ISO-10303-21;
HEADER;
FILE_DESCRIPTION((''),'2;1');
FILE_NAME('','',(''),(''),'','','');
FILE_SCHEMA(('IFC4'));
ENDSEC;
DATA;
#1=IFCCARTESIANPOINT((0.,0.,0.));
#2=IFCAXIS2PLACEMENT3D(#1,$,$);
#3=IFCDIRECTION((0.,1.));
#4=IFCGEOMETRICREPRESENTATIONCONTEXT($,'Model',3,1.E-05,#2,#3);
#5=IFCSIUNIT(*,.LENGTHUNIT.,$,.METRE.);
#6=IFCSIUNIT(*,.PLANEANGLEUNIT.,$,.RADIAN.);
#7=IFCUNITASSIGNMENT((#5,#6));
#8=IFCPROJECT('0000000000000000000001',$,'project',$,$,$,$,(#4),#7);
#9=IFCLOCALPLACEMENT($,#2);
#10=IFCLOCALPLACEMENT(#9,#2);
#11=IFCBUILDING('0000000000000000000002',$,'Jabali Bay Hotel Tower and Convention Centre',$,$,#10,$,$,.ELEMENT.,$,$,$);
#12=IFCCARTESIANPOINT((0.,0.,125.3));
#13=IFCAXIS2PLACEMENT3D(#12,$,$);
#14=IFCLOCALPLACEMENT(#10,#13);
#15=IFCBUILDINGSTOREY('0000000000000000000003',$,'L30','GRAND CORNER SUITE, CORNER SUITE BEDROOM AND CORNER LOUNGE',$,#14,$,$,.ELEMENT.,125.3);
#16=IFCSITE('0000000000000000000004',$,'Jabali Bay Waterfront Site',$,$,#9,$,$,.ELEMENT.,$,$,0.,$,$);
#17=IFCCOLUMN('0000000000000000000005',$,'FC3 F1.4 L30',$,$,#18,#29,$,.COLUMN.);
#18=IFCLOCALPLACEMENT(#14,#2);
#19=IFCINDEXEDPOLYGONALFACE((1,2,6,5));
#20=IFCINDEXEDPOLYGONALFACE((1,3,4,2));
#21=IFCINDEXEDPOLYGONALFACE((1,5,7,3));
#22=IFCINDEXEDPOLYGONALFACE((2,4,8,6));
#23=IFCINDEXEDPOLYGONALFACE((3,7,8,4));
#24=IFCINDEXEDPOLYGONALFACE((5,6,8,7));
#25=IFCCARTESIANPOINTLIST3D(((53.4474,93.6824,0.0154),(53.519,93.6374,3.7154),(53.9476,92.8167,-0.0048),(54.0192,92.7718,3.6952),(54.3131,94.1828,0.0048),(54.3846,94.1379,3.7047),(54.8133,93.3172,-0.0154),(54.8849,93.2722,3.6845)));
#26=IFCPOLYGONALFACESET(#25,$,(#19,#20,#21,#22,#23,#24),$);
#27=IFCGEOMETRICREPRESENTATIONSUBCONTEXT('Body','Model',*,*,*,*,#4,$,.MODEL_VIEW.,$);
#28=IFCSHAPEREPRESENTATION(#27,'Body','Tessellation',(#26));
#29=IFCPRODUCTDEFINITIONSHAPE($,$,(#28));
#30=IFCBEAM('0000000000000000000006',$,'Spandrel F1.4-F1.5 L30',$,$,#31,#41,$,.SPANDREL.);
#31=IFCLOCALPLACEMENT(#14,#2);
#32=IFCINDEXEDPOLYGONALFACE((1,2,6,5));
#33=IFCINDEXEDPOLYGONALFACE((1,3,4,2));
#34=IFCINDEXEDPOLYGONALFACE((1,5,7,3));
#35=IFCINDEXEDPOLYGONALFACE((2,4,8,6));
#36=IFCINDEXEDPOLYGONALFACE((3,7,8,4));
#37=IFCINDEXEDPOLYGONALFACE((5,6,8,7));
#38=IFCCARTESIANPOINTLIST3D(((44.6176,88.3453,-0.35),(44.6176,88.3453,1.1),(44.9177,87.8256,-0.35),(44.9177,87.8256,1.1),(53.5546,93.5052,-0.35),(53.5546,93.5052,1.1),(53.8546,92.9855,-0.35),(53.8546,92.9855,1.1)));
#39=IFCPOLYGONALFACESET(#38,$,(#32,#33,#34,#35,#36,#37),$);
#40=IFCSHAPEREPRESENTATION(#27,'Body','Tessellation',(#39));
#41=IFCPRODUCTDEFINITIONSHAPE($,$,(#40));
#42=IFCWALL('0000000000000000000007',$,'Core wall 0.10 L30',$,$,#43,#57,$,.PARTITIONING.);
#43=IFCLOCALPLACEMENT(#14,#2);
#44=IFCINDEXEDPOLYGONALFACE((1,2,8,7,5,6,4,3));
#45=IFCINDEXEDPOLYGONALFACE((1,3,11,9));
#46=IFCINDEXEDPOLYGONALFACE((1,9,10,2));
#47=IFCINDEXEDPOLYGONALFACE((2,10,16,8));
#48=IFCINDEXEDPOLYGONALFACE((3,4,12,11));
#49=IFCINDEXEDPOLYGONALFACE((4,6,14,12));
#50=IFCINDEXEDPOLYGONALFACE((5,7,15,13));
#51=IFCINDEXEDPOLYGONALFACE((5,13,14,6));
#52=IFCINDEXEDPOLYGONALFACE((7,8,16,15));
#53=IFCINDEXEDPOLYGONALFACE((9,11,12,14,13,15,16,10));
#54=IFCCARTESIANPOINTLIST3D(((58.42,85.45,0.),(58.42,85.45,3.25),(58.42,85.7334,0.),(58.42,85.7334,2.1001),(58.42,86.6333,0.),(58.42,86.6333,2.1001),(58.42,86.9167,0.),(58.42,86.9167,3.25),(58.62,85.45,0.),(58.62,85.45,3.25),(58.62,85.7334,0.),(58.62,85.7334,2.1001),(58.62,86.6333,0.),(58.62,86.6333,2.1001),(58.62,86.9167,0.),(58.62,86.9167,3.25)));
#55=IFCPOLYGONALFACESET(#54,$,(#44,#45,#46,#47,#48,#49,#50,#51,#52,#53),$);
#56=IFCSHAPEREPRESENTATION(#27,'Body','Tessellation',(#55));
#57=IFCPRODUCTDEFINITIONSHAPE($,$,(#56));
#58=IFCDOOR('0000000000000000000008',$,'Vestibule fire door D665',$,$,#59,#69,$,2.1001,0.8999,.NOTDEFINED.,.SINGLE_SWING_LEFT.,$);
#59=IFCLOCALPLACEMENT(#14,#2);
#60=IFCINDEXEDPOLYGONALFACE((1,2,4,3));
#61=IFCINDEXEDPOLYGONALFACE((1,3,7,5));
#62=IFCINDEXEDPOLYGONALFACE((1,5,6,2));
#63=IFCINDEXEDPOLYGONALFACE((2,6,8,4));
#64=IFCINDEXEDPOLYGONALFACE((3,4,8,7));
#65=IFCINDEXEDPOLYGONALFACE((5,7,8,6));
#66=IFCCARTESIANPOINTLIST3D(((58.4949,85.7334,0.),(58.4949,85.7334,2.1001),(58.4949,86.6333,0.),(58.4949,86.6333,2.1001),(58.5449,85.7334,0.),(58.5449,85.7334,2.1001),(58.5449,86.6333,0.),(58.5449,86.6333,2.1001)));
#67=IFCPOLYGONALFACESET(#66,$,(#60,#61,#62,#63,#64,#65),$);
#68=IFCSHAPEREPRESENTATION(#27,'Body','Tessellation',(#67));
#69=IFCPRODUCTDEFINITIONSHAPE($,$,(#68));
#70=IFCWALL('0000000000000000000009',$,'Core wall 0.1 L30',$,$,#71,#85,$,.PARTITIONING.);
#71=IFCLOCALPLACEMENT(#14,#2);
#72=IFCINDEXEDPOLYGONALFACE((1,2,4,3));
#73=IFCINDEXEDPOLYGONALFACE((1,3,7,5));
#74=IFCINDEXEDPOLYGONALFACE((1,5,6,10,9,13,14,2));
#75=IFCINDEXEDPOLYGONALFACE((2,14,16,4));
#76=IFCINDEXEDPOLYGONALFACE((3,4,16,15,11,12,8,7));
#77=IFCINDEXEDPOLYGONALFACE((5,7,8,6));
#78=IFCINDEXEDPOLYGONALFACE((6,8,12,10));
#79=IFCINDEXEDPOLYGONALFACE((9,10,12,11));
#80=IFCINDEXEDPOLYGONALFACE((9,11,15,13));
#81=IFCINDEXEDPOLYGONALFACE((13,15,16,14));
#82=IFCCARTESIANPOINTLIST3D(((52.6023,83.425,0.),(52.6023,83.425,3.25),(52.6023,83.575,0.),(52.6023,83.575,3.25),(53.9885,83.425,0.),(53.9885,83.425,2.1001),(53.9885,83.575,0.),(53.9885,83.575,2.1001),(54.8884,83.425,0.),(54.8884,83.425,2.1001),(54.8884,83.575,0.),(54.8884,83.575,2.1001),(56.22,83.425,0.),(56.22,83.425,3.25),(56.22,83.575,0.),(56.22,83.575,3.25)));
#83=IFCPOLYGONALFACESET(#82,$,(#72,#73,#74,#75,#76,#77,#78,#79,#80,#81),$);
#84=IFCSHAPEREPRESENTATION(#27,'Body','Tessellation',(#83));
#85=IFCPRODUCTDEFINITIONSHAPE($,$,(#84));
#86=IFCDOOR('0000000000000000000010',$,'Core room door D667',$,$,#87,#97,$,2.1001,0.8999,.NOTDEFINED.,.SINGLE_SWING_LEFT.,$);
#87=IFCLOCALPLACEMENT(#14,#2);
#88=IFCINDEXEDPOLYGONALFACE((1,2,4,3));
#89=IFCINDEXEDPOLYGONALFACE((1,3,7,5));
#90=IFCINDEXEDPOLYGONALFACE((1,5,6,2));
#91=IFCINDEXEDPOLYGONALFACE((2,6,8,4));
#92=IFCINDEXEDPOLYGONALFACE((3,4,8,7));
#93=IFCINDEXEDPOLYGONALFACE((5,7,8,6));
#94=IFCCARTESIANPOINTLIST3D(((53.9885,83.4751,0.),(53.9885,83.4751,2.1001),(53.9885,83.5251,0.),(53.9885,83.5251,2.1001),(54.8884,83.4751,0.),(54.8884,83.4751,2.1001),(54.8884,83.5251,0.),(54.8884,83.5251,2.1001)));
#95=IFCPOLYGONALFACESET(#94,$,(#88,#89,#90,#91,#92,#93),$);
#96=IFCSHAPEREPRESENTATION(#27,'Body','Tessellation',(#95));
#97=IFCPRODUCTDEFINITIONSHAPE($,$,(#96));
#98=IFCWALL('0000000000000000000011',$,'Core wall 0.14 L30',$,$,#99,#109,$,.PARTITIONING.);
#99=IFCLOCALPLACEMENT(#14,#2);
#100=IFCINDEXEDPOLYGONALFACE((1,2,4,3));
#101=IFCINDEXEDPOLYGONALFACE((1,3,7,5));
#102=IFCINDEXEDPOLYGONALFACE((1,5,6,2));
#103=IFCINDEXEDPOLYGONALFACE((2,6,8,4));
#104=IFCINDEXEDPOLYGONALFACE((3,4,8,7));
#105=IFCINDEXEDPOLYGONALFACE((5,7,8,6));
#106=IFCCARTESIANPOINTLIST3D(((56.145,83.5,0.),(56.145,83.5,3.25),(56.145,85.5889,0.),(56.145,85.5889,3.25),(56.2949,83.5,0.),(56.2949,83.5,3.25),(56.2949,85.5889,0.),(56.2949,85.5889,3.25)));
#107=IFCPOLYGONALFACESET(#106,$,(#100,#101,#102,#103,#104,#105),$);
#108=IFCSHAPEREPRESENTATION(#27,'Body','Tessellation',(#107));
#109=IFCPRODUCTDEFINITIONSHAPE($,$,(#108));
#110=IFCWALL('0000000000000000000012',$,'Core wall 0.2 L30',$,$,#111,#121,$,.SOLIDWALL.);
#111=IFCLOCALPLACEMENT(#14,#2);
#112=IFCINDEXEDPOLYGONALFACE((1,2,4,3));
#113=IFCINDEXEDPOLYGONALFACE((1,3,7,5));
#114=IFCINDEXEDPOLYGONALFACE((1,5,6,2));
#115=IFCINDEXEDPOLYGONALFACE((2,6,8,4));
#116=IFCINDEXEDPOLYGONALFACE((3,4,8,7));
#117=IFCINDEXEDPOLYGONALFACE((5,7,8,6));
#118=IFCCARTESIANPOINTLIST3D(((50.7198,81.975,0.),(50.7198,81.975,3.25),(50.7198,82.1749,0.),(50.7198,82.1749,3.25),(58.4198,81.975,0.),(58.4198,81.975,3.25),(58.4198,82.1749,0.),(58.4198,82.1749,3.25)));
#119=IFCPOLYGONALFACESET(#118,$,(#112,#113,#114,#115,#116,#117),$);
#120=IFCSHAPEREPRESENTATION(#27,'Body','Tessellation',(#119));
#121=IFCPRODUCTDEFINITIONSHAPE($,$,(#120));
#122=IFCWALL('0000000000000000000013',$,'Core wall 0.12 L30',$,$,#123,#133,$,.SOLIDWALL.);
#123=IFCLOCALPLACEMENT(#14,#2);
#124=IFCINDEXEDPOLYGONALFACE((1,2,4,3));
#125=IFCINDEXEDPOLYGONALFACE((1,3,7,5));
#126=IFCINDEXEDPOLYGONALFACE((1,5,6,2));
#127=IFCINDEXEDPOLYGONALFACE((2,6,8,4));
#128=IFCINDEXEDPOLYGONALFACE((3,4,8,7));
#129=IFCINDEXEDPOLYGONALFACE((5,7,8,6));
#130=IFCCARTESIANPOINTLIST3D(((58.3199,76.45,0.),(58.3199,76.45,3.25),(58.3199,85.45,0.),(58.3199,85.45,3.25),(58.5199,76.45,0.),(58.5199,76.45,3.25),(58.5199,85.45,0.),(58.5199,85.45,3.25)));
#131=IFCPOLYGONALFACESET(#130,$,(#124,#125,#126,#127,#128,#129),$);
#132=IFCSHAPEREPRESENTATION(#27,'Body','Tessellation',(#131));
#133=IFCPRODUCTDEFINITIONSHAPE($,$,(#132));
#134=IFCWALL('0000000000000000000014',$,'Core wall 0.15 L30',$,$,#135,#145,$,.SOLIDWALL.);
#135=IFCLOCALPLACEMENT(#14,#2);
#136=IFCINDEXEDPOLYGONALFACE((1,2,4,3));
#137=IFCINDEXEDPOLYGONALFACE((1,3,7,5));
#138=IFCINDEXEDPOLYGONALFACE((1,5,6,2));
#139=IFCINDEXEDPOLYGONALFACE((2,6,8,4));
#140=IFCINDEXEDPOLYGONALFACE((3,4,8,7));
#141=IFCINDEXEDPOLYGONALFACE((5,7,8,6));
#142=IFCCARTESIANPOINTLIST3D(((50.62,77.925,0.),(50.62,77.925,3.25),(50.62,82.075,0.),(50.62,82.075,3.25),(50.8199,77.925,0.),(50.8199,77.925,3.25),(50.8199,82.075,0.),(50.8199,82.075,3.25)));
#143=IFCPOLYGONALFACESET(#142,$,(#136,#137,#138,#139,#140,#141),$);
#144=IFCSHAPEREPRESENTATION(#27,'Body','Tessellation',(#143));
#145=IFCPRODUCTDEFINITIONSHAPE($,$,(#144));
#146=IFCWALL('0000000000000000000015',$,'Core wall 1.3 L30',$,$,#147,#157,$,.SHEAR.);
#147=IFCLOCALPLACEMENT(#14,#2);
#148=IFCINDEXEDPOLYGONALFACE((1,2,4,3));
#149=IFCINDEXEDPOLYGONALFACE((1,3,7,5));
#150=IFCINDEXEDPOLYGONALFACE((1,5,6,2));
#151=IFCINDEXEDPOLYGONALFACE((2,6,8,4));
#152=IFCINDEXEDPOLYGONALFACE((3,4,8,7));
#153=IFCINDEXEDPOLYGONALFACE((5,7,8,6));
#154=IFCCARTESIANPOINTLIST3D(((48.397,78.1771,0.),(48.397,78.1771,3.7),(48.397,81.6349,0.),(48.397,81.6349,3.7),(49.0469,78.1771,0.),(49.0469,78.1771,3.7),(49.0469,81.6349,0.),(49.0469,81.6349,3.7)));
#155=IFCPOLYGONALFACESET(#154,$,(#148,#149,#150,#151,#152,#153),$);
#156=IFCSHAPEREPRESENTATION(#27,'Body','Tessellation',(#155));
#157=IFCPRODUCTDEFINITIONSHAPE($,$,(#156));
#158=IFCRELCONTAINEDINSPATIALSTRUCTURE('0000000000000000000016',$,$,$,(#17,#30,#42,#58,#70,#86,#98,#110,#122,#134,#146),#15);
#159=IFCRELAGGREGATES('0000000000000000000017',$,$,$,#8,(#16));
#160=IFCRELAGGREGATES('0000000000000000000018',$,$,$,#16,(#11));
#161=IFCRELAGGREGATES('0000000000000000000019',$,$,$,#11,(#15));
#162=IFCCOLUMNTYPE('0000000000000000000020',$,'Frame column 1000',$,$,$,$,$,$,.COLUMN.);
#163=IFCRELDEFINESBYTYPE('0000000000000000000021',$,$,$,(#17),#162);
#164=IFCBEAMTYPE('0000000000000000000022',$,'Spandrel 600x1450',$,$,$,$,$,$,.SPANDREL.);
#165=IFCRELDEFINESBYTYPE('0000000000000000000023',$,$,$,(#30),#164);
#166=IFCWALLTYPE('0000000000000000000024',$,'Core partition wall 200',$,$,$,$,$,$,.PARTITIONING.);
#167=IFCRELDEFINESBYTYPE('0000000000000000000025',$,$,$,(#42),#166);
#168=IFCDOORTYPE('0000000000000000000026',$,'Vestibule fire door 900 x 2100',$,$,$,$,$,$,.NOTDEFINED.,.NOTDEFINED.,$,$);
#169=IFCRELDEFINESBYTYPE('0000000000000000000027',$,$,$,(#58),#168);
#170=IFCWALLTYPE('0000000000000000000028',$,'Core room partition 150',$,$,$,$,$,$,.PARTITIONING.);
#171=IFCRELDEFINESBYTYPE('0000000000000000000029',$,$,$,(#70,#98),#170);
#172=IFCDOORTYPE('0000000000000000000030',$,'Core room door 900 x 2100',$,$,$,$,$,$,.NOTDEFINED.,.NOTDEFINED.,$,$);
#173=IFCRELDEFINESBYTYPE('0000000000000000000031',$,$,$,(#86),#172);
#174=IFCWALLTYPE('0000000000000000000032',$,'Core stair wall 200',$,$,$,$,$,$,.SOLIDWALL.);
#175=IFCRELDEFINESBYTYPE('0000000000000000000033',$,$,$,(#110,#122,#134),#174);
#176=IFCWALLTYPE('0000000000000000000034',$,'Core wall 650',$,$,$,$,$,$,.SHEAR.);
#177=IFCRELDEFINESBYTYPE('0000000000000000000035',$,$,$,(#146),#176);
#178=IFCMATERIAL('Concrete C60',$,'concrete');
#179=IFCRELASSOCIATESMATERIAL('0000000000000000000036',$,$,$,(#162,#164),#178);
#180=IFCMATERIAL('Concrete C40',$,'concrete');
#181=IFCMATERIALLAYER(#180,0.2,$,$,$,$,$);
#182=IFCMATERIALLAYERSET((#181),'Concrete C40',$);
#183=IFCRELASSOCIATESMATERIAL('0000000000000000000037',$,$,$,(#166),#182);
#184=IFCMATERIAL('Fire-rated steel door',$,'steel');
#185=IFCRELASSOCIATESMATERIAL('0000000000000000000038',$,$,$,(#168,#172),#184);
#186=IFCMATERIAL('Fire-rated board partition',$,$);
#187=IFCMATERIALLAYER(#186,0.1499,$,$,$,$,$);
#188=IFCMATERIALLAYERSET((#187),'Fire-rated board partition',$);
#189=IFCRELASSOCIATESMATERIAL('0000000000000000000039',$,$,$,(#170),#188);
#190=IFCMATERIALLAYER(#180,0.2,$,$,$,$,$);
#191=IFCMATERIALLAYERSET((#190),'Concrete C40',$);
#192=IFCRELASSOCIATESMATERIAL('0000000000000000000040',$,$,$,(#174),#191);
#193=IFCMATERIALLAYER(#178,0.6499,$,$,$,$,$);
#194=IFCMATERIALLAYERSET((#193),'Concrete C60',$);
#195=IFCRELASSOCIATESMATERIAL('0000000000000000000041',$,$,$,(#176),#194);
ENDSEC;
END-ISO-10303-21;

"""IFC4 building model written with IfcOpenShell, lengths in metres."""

from ifc_helpers import new_model, si_unit, direction, frame, frame_2d, origin, origin_2d, place, context, subcontext, project, spatial, rectangle, extrude, material, layer, layer_set, material_profile, profile_set, type_object, element, fill, save


model = new_model("IFC4")

# Units and contexts
model_context = context("Model", 3, precision=1e-05, world=origin(), true_north=direction((0.0, 1.0)))
body_context = subcontext(model_context, "Body", "Model", "MODEL_VIEW")
ifc_project = project(units=[si_unit("LENGTHUNIT", "METRE"), si_unit("PLANEANGLEUNIT", "RADIAN")], contexts=[model_context])

# Site, building, storey
site_placement = place(None, origin())
site = spatial("IfcSite", under=ifc_project, at=site_placement, Name="Jabali Bay Waterfront Site", CompositionType="ELEMENT", RefElevation=0.0)
building_placement = place(site_placement, origin())
building = spatial("IfcBuilding", under=site, at=building_placement, Name="Jabali Bay Hotel Tower and Convention Centre", CompositionType="ELEMENT")
storey_placement = place(building_placement, frame((0.0, 0.0, 125.3)))
storey = spatial("IfcBuildingStorey", under=building, at=storey_placement, Name="L30", Description="GRAND CORNER SUITE, CORNER SUITE BEDROOM AND CORNER LOUNGE", CompositionType="ELEMENT", Elevation=125.3)

# Column
ifc_material_1 = material(Name="Concrete C60", Category="concrete")
ifc_material_profile_1 = material_profile(ifc_material_1, rectangle(XDim=1.0, YDim=1.0, at=origin_2d()), Name="Frame column 1000")
ifc_profile_set_1 = profile_set([ifc_material_profile_1], Name="Concrete C60")
column_type = type_object("IfcColumnType", Name="Frame column 1000", PredefinedType="COLUMN", material=ifc_profile_set_1)
column_placement = place(storey_placement, frame((54.1304, 93.4998, 0.0), z_axis=(0.019329, -0.012138, 0.99974), x_axis=(-0.500206, 0.865671, 0.020181)))
element("IfcColumn", 1, at=column_placement, inside=storey, type_object=column_type, Name="FC3 F1.4 L30", PredefinedType="COLUMN", context=body_context, shape_type="SweptSolid", body=[
    extrude(rectangle(XDim=1.0, YDim=1.0, at=origin_2d()), origin(), (0.0, 0.0, 1.0), 3.7009),
])

# Beam
ifc_material_profile_2 = material_profile(ifc_material_1, rectangle(XDim=0.6001, YDim=1.45, at=origin_2d()), Name="Spandrel 600x1450")
ifc_profile_set_2 = profile_set([ifc_material_profile_2], Name="Concrete C60")
beam_type = type_object("IfcBeamType", Name="Spandrel 600x1450", PredefinedType="SPANDREL", material=ifc_profile_set_2)
beam_placement = place(storey_placement, frame((53.7046, 93.2454, 0.375), z_axis=(-0.86602, -0.500009, 0.0), x_axis=(0.500009, -0.86602, 0.0)))
element("IfcBeam", 2, at=beam_placement, inside=storey, type_object=beam_type, Name="Spandrel F1.4-F1.5 L30", PredefinedType="SPANDREL", context=body_context, shape_type="SweptSolid", body=[
    extrude(rectangle(XDim=0.6001, YDim=1.45, at=origin_2d()), origin(), (0.0, 0.0, 1.0), 10.3196),
])

# Walls, openings, doors
ifc_material_2 = material(Name="Concrete C40", Category="concrete")
ifc_layer_1 = layer(ifc_material_2, 0.2)
ifc_layer_set_1 = layer_set([ifc_layer_1], Name="Concrete C40")
wall_type_1 = type_object("IfcWallType", Name="Core partition wall 200", PredefinedType="PARTITIONING", material=ifc_layer_set_1)
wall_1_placement = place(storey_placement, frame((58.52, 86.9167, 0.0), z_axis=(0.0, 0.0, 1.0), x_axis=(0.0, -1.0, 0.0)))
wall_1 = element("IfcWall", 3, at=wall_1_placement, inside=storey, type_object=wall_type_1, Name="Core wall 0.10 L30", PredefinedType="PARTITIONING", context=body_context, shape_type="SweptSolid", body=[
    extrude(rectangle(XDim=1.4668, YDim=0.2, at=frame_2d((0.7334, 0.0))), origin(), (0.0, 0.0, 1.0), 3.25),
])
opening_1_placement = place(wall_1_placement, frame((0.2834, 0.0, 0.0)))
opening_1 = element("IfcOpeningElement", 4, at=opening_1_placement, cuts=wall_1, PredefinedType="OPENING", context=body_context, shape_type="SweptSolid", body=[
    extrude(rectangle(XDim=0.8999, YDim=2.1001, at=frame_2d((0.45, 1.05))), frame((0.0, 0.1104, 0.0), z_axis=(0.0, -1.0, 0.0), x_axis=(1.0, 0.0, 0.0)), (0.0, 0.0, 1.0), 0.2209),
])
ifc_material_3 = material(Name="Fire-rated steel door", Category="steel")
door_type_1 = type_object("IfcDoorType", Name="Vestibule fire door 900 x 2100", OperationType="NOTDEFINED", PredefinedType="NOTDEFINED", material=ifc_material_3)
door_1_placement = place(opening_1_placement, origin())
door_1 = element("IfcDoor", 5, at=door_1_placement, inside=storey, type_object=door_type_1, Name="Vestibule fire door D665", OperationType="SINGLE_SWING_LEFT", OverallHeight=2.1001, OverallWidth=0.8999, PredefinedType="NOTDEFINED", context=body_context, shape_type="SweptSolid", body=[
    extrude(rectangle(XDim=0.8999, YDim=2.1001, at=frame_2d((0.45, 1.05))), frame((0.0, 0.0249, 0.0), z_axis=(0.0, -1.0, 0.0), x_axis=(1.0, 0.0, 0.0)), (0.0, 0.0, 1.0), 0.05),
])
fill(opening_1, door_1)
ifc_material_4 = material(Name="Fire-rated board partition")
ifc_layer_2 = layer(ifc_material_4, 0.1499)
ifc_layer_set_2 = layer_set([ifc_layer_2], Name="Fire-rated board partition")
wall_type_2 = type_object("IfcWallType", Name="Core room partition 150", PredefinedType="PARTITIONING", material=ifc_layer_set_2)
wall_2_placement = place(storey_placement, frame((56.22, 83.5, 0.0), z_axis=(0.0, 0.0, 1.0), x_axis=(-1.0, 0.0, 0.0)))
wall_2 = element("IfcWall", 6, at=wall_2_placement, inside=storey, type_object=wall_type_2, Name="Core wall 0.1 L30", PredefinedType="PARTITIONING", context=body_context, shape_type="SweptSolid", body=[
    extrude(rectangle(XDim=3.6177, YDim=0.1499, at=frame_2d((1.8088, 0.0))), origin(), (0.0, 0.0, 1.0), 3.25),
])
opening_2_placement = place(wall_2_placement, frame((1.3315, 0.0, 0.0)))
opening_2 = element("IfcOpeningElement", 7, at=opening_2_placement, cuts=wall_2, PredefinedType="OPENING", context=body_context, shape_type="SweptSolid", body=[
    extrude(rectangle(XDim=0.8999, YDim=2.1001, at=frame_2d((0.45, 1.05))), frame((0.0, 0.0854, 0.0), z_axis=(0.0, -1.0, 0.0), x_axis=(1.0, 0.0, 0.0)), (0.0, 0.0, 1.0), 0.1709),
])
door_type_2 = type_object("IfcDoorType", Name="Core room door 900 x 2100", OperationType="NOTDEFINED", PredefinedType="NOTDEFINED", material=ifc_material_3)
door_2_placement = place(opening_2_placement, origin())
door_2 = element("IfcDoor", 8, at=door_2_placement, inside=storey, type_object=door_type_2, Name="Core room door D667", OperationType="SINGLE_SWING_LEFT", OverallHeight=2.1001, OverallWidth=0.8999, PredefinedType="NOTDEFINED", context=body_context, shape_type="SweptSolid", body=[
    extrude(rectangle(XDim=0.8999, YDim=2.1001, at=frame_2d((0.45, 1.05))), frame((0.0, 0.0249, 0.0), z_axis=(0.0, -1.0, 0.0), x_axis=(1.0, 0.0, 0.0)), (0.0, 0.0, 1.0), 0.05),
])
fill(opening_2, door_2)

# Walls
wall_3_placement = place(storey_placement, frame((56.22, 85.5889, 0.0), z_axis=(0.0, 0.0, 1.0), x_axis=(0.0, -1.0, 0.0)))
element("IfcWall", 9, at=wall_3_placement, inside=storey, type_object=wall_type_2, Name="Core wall 0.14 L30", PredefinedType="PARTITIONING", context=body_context, shape_type="SweptSolid", body=[
    extrude(rectangle(XDim=2.0889, YDim=0.1499, at=frame_2d((1.0444, 0.0))), origin(), (0.0, 0.0, 1.0), 3.25),
])
ifc_layer_3 = layer(ifc_material_2, 0.2)
ifc_layer_set_3 = layer_set([ifc_layer_3], Name="Concrete C40")
wall_type_3 = type_object("IfcWallType", Name="Core stair wall 200", PredefinedType="SOLIDWALL", material=ifc_layer_set_3)
wall_4_placement = place(storey_placement, frame((58.4199, 82.075, 0.0), z_axis=(0.0, 0.0, 1.0), x_axis=(-1.0, 0.0, 0.0)))
element("IfcWall", 10, at=wall_4_placement, inside=storey, type_object=wall_type_3, Name="Core wall 0.2 L30", PredefinedType="SOLIDWALL", context=body_context, shape_type="SweptSolid", body=[
    extrude(rectangle(XDim=7.7, YDim=0.2, at=frame_2d((3.8501, 0.0))), origin(), (0.0, 0.0, 1.0), 3.25),
])
wall_5_placement = place(storey_placement, frame((58.4199, 85.45, 0.0), z_axis=(0.0, 0.0, 1.0), x_axis=(0.0, -1.0, 0.0)))
element("IfcWall", 11, at=wall_5_placement, inside=storey, type_object=wall_type_3, Name="Core wall 0.12 L30", PredefinedType="SOLIDWALL", context=body_context, shape_type="SweptSolid", body=[
    extrude(rectangle(XDim=9.0, YDim=0.2, at=frame_2d((4.5, 0.0))), origin(), (0.0, 0.0, 1.0), 3.25),
])
wall_6_placement = place(storey_placement, frame((50.72, 82.075, 0.0), z_axis=(0.0, 0.0, 1.0), x_axis=(0.0, -1.0, 0.0)))
element("IfcWall", 12, at=wall_6_placement, inside=storey, type_object=wall_type_3, Name="Core wall 0.15 L30", PredefinedType="SOLIDWALL", context=body_context, shape_type="SweptSolid", body=[
    extrude(rectangle(XDim=4.1499, YDim=0.2, at=frame_2d((2.075, 0.0))), origin(), (0.0, 0.0, 1.0), 3.25),
])
ifc_layer_4 = layer(ifc_material_1, 0.6499)
ifc_layer_set_4 = layer_set([ifc_layer_4], Name="Concrete C60")
wall_type_4 = type_object("IfcWallType", Name="Core wall 650", PredefinedType="SHEAR", material=ifc_layer_set_4)
wall_7_placement = place(storey_placement, frame((48.7219, 81.635, 0.0), z_axis=(0.0, 0.0, 1.0), x_axis=(0.0, -1.0, 0.0)))
element("IfcWall", 13, at=wall_7_placement, inside=storey, type_object=wall_type_4, Name="Core wall 1.3 L30", PredefinedType="SHEAR", context=body_context, shape_type="SweptSolid", body=[
    extrude(rectangle(XDim=3.4578, YDim=0.6499, at=frame_2d((1.729, 0.0))), origin(), (0.0, 0.0, 1.0), 3.7),
])

save(model, "model.ifc")
